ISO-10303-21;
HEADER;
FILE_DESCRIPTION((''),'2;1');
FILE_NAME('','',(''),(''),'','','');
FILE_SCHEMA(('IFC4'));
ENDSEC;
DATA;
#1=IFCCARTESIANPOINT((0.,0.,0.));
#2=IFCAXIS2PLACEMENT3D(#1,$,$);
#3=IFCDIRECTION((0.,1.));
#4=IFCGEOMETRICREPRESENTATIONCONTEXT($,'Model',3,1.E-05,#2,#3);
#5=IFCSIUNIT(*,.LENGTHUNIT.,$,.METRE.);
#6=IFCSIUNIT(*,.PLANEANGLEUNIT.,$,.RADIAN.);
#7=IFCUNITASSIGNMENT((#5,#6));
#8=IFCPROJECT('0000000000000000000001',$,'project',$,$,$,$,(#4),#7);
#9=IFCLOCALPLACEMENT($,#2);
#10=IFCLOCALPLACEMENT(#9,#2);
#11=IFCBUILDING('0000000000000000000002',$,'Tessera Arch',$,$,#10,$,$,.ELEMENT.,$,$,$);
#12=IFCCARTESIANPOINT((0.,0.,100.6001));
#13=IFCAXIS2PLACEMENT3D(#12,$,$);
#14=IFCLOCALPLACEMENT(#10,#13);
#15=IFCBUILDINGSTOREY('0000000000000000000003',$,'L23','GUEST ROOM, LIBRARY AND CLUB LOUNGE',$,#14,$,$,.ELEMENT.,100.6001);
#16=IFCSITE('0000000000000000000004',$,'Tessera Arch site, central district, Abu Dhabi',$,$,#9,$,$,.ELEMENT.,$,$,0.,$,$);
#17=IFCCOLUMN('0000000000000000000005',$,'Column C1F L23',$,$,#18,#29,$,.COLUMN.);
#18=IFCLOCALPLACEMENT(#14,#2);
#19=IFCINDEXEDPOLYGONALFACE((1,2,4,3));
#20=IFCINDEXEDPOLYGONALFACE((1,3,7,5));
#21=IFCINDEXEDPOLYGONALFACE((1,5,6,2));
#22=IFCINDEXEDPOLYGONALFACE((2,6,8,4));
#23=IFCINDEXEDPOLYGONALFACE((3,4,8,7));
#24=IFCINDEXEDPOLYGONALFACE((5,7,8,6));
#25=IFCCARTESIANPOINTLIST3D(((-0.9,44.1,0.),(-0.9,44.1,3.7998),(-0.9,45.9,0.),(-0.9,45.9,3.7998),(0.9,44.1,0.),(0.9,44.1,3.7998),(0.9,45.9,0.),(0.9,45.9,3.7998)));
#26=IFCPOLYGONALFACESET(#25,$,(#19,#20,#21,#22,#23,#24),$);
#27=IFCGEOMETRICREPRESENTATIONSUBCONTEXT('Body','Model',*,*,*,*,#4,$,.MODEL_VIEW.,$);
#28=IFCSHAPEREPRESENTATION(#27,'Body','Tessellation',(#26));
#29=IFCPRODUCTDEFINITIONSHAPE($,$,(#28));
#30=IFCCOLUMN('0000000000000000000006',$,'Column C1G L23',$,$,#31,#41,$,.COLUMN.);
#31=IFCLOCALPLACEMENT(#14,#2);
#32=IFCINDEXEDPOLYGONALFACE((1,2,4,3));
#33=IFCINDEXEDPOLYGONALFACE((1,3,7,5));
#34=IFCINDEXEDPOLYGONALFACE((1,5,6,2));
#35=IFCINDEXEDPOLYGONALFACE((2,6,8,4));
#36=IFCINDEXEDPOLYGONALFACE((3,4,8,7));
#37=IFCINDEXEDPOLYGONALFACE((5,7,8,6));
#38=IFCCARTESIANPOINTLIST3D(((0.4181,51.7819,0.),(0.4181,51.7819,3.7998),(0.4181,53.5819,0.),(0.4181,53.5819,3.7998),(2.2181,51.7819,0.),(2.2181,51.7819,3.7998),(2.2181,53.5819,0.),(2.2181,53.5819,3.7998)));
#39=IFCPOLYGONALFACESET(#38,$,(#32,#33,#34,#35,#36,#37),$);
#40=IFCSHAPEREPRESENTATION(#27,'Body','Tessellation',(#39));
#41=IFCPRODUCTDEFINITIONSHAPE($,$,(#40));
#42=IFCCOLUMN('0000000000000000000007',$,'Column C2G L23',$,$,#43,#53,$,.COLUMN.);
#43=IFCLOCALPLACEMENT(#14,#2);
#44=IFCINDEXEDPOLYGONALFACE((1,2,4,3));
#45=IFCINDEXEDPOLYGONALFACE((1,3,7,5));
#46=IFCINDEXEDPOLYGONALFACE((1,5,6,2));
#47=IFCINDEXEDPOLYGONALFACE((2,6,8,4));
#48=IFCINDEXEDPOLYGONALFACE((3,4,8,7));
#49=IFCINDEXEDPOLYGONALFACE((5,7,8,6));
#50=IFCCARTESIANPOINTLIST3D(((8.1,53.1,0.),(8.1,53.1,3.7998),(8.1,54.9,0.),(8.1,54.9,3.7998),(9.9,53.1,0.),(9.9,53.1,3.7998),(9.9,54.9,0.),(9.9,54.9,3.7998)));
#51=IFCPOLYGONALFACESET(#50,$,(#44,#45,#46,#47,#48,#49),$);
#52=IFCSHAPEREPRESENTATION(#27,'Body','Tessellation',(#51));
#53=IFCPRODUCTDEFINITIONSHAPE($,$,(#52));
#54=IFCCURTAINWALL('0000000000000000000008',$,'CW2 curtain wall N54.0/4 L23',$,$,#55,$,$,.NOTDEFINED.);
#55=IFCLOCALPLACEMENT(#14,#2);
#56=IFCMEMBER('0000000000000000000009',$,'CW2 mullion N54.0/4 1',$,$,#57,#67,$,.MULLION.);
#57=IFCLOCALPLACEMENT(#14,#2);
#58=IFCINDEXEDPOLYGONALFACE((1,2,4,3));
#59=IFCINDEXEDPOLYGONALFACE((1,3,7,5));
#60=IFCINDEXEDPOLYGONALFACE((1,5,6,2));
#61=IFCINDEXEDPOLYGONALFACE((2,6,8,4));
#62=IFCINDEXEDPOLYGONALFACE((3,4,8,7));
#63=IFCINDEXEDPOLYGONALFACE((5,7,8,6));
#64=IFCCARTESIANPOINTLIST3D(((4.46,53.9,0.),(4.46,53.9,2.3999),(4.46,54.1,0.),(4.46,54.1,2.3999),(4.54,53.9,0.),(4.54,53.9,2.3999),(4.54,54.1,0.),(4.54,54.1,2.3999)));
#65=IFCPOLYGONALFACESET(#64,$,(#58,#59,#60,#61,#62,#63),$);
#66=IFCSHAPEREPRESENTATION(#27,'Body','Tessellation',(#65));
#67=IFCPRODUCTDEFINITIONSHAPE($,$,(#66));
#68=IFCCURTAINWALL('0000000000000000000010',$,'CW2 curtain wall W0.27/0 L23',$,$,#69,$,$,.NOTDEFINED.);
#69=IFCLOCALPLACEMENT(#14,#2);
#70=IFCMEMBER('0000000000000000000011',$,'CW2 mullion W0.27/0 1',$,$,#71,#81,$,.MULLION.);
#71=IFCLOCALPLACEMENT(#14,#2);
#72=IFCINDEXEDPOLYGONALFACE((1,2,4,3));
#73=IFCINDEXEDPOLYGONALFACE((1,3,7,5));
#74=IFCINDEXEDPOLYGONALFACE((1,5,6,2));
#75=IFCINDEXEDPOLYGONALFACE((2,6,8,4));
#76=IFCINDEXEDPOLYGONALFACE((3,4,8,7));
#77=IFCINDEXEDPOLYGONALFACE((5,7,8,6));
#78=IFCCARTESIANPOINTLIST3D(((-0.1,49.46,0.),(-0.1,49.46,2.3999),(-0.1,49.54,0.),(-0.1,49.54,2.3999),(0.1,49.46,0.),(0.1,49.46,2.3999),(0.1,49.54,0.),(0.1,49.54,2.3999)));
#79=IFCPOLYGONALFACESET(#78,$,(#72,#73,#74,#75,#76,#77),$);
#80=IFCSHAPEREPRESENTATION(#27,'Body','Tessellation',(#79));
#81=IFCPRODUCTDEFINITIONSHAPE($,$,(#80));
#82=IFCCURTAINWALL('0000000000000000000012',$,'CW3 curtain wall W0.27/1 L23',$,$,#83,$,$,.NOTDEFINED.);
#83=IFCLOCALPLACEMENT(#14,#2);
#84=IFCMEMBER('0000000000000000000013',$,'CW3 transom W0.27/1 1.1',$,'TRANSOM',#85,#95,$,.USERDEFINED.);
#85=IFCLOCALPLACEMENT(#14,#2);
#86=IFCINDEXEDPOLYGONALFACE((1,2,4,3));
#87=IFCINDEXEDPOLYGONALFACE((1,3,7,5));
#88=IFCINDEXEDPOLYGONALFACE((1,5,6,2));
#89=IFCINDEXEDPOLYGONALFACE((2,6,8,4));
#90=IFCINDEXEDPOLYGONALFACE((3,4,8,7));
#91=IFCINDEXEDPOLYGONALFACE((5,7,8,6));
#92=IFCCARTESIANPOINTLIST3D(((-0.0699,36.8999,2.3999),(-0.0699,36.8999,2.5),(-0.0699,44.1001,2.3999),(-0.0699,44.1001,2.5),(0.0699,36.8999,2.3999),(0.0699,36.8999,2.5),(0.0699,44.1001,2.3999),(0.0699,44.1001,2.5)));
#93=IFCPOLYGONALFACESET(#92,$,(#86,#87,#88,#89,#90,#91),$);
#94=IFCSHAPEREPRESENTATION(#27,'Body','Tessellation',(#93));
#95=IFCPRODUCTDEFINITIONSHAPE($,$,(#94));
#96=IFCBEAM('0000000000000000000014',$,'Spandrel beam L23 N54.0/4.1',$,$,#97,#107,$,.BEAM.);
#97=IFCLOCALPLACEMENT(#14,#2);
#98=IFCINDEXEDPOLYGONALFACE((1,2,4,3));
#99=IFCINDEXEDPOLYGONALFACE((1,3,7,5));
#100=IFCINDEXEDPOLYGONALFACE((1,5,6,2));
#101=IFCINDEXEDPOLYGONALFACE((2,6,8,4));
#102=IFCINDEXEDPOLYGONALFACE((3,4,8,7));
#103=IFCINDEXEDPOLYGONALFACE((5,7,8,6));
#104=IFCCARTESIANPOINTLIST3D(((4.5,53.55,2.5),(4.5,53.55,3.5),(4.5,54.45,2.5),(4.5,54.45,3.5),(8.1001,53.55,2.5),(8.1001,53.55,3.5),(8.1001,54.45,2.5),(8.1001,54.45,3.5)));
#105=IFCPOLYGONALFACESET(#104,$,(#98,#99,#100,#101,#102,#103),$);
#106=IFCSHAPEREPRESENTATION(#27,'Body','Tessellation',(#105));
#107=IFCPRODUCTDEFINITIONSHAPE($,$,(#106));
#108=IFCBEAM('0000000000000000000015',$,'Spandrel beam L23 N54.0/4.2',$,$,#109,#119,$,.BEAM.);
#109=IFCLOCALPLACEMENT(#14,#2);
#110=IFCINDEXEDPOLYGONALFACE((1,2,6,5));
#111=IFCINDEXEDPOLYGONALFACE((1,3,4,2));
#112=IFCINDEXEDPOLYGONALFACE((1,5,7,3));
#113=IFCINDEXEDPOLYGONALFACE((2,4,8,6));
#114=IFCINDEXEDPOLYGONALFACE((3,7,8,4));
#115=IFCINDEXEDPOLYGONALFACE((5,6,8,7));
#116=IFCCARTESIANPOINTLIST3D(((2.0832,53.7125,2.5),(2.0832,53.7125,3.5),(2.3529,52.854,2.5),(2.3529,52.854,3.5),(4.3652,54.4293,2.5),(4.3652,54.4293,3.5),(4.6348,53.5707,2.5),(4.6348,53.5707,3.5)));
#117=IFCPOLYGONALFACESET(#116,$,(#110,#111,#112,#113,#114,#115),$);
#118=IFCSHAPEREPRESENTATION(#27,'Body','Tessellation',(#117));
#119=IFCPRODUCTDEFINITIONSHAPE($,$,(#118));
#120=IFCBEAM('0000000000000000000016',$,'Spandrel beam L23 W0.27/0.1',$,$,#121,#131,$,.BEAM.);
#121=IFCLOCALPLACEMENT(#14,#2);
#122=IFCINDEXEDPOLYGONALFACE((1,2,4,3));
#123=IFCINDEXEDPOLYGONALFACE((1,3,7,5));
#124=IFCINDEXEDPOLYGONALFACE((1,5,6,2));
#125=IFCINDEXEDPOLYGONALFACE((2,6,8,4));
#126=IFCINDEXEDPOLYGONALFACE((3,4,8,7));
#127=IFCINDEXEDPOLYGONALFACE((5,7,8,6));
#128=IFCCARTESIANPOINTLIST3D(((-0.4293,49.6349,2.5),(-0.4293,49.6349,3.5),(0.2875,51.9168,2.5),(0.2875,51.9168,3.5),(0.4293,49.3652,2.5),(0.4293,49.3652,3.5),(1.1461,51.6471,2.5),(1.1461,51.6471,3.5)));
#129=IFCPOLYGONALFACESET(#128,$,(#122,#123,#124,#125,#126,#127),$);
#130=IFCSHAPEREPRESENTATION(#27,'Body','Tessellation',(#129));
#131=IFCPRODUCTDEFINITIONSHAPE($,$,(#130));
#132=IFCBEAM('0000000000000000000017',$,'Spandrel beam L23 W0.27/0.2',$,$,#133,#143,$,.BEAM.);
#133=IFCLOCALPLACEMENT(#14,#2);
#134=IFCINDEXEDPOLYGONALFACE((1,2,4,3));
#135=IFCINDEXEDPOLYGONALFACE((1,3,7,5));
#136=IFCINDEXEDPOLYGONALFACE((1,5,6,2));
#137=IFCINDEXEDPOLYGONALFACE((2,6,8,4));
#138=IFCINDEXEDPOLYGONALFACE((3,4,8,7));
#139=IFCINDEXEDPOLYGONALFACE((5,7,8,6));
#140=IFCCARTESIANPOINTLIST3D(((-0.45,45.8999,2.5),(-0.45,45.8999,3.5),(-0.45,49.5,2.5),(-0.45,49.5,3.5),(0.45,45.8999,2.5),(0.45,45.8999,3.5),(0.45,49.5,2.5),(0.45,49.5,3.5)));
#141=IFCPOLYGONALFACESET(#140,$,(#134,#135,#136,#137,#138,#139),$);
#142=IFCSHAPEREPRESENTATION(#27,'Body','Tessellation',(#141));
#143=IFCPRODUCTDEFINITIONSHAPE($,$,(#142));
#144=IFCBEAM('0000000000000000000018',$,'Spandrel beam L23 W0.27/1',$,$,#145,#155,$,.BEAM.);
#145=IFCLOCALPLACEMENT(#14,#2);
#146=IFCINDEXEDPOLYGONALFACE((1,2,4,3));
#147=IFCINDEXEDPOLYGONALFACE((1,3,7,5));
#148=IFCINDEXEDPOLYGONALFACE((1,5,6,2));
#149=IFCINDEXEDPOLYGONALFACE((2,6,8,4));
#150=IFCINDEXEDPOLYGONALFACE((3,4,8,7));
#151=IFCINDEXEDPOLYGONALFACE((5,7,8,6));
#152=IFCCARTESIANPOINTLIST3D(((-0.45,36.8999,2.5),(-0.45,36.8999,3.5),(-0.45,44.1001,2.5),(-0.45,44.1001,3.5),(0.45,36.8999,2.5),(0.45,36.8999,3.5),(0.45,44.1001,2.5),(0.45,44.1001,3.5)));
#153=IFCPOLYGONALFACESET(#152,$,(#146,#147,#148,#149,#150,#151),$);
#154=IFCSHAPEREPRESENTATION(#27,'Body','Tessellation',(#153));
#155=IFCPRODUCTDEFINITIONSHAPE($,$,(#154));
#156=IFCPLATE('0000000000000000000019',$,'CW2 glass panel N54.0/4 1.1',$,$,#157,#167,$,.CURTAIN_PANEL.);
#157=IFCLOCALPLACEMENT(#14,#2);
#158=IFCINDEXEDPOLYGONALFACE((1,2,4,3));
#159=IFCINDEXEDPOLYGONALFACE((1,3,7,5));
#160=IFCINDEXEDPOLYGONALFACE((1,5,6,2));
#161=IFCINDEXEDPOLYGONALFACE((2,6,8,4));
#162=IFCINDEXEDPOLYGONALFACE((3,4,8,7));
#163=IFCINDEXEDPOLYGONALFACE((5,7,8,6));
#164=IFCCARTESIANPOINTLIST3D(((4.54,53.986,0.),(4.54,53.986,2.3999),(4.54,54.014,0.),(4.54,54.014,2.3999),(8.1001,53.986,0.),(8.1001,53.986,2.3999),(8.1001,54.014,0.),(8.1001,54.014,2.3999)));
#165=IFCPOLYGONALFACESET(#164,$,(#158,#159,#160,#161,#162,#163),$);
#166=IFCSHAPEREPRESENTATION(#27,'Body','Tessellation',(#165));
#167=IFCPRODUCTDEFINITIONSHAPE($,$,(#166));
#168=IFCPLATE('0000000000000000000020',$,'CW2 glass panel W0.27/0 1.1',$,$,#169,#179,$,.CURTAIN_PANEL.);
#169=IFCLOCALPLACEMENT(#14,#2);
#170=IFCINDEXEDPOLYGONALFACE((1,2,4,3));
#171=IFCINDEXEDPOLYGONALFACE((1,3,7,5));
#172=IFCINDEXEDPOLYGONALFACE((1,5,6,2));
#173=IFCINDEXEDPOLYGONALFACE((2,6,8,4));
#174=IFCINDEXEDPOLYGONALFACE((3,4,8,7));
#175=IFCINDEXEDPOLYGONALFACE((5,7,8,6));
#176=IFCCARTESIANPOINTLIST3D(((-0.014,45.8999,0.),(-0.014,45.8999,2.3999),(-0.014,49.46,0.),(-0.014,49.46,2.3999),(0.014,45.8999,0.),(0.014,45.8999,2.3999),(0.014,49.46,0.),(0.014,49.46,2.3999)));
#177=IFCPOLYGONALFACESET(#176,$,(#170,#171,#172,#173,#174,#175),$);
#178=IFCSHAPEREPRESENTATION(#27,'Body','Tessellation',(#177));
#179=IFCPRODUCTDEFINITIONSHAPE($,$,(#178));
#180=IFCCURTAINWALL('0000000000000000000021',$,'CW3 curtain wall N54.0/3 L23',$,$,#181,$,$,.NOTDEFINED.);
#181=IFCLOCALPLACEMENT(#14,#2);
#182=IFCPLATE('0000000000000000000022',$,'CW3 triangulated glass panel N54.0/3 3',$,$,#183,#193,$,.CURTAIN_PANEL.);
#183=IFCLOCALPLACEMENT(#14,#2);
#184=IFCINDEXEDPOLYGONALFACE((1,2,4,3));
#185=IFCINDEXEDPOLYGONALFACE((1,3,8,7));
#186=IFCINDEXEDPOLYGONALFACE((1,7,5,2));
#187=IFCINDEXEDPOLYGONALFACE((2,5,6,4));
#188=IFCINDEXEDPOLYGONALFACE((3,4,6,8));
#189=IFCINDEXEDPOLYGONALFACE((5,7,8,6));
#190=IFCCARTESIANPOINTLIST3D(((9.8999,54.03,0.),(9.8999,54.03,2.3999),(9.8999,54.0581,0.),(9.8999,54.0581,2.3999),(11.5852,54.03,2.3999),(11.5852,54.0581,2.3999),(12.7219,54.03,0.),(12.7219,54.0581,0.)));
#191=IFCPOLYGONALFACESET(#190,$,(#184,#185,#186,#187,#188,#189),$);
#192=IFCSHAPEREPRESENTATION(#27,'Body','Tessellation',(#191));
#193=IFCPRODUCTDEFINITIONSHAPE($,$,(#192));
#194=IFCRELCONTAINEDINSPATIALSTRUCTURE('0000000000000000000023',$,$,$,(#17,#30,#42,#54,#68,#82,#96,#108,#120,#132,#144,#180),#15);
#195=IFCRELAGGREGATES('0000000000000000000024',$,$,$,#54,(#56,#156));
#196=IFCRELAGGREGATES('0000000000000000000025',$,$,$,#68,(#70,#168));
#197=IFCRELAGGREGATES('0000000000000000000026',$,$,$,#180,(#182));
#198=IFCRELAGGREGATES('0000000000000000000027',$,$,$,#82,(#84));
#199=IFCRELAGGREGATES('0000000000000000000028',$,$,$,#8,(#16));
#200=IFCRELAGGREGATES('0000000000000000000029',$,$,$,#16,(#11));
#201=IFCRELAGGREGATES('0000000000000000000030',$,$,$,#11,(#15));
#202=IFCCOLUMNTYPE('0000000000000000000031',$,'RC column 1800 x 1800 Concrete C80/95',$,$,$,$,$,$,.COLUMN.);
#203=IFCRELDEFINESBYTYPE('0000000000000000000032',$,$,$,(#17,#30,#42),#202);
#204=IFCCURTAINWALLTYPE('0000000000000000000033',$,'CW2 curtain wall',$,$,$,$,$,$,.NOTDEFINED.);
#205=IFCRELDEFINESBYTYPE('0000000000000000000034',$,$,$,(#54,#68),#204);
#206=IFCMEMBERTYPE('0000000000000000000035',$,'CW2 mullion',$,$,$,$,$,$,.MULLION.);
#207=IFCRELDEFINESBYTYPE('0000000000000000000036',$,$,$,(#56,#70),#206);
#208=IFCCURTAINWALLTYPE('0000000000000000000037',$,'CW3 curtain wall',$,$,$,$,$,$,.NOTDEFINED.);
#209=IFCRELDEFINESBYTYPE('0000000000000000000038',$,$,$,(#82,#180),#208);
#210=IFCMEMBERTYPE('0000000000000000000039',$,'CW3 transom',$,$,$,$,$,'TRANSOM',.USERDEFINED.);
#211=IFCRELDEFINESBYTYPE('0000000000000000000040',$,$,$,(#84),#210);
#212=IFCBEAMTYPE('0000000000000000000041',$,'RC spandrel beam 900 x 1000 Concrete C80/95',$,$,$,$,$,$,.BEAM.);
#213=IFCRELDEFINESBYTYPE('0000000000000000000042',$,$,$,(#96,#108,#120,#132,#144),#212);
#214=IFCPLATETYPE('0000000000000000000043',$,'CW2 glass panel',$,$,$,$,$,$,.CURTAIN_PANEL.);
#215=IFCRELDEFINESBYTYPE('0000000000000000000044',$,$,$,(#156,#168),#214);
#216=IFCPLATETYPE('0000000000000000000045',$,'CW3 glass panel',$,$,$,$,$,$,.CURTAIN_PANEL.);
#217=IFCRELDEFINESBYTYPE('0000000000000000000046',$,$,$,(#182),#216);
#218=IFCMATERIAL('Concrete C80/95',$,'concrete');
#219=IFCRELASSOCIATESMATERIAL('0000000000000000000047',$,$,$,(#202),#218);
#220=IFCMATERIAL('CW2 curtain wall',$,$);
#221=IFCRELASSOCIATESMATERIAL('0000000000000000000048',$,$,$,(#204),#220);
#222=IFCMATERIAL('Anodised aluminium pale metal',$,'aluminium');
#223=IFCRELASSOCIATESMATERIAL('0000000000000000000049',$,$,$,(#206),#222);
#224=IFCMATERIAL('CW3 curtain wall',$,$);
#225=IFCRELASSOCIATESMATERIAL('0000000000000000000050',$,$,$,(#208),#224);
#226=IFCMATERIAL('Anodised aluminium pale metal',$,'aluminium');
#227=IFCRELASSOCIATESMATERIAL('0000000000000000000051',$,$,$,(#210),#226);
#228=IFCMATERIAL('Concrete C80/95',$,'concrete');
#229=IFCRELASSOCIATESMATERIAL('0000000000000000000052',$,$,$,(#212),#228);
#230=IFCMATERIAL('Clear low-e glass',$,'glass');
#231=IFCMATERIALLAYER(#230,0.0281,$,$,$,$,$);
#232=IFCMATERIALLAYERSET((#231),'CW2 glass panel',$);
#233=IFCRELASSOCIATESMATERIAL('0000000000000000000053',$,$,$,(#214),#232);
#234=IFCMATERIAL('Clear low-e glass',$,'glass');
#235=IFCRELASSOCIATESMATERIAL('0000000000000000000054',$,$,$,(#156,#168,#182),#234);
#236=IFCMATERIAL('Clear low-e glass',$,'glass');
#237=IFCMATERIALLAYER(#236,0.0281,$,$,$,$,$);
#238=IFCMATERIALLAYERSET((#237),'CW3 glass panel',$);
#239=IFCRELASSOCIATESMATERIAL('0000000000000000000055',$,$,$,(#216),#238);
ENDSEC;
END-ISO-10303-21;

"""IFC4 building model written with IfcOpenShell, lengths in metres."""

from ifc_helpers import new_model, si_unit, direction, frame, origin, origin_2d, place, context, subcontext, project, spatial, polyline, rectangle, outline, extrude, material, layer, layer_set, material_profile, profile_set, type_object, element, aggregate, save


model = new_model("IFC4")

# Units and contexts
model_context = context("Model", 3, precision=1e-05, world=origin(), true_north=direction((0.0, 1.0)))
body_context = subcontext(model_context, "Body", "Model", "MODEL_VIEW")
ifc_project = project(units=[si_unit("LENGTHUNIT", "METRE"), si_unit("PLANEANGLEUNIT", "RADIAN")], contexts=[model_context])

# Site, building, storey
site_placement = place(None, origin())
site = spatial("IfcSite", under=ifc_project, at=site_placement, Name="Tessera Arch site, central district, Abu Dhabi", CompositionType="ELEMENT", RefElevation=0.0)
building_placement = place(site_placement, origin())
building = spatial("IfcBuilding", under=site, at=building_placement, Name="Tessera Arch", CompositionType="ELEMENT")
storey_placement = place(building_placement, frame((0.0, 0.0, 100.6001)))
storey = spatial("IfcBuildingStorey", under=building, at=storey_placement, Name="L23", Description="GUEST ROOM, LIBRARY AND CLUB LOUNGE", CompositionType="ELEMENT", Elevation=100.6001)

# Columns
ifc_material_1 = material(Name="Concrete C80/95", Category="concrete")
ifc_material_profile_1 = material_profile(ifc_material_1, rectangle(XDim=1.8, YDim=1.8, at=origin_2d()), Name="RC column 1800 x 1800 Concrete C80/95")
ifc_profile_set_1 = profile_set([ifc_material_profile_1], Name="Concrete C80/95")
column_type = type_object("IfcColumnType", Name="RC column 1800 x 1800 Concrete C80/95", PredefinedType="COLUMN", material=ifc_profile_set_1)
for number, where, z_axis, x_axis, name in (
    (1, (0.0, 45.0, 0.0), (0.0, 0.0, 1.0), (1.0, 0.0, 0.0), "Column C1F L23"),
    (2, (1.3181, 52.6819, 0.0), (0.0, 0.0, 1.0), (1.0, 0.0, 0.0), "Column C1G L23"),
    (3, (9.0, 54.0, 0.0), (0.0, 0.0, 1.0), (1.0, 0.0, 0.0), "Column C2G L23"),
):
    element("IfcColumn", number, at=place(storey_placement, frame(where, z_axis=z_axis, x_axis=x_axis)), inside=storey, type_object=column_type, Name=name, PredefinedType="COLUMN", context=body_context, shape_type="SweptSolid", body=[
        extrude(rectangle(XDim=1.8, YDim=1.8, at=origin_2d()), origin(), (0.0, 0.0, 1.0), 3.7998),
    ])

# Curtain walls, members
ifc_material_2 = material(Name="CW2 curtain wall")
curtain_wall_type_1 = type_object("IfcCurtainWallType", Name="CW2 curtain wall", PredefinedType="NOTDEFINED", material=ifc_material_2)
curtain_wall_1_placement = place(storey_placement, origin())
curtain_wall_1 = element("IfcCurtainWall", 4, at=curtain_wall_1_placement, inside=storey, type_object=curtain_wall_type_1, Name="CW2 curtain wall N54.0/4 L23", PredefinedType="NOTDEFINED")
ifc_material_3 = material(Name="Anodised aluminium pale metal", Category="aluminium")
ifc_material_profile_2 = material_profile(ifc_material_3, rectangle(XDim=0.2, YDim=0.0801, at=origin_2d()), Name="AL 80x200")
ifc_profile_set_2 = profile_set([ifc_material_profile_2], Name="Anodised aluminium pale metal")
member_type_1 = type_object("IfcMemberType", Name="CW2 mullion", PredefinedType="MULLION", material=ifc_profile_set_2)
member_1_placement = place(storey_placement, frame((4.5, 54.0, 0.0), z_axis=(0.0, 0.0, 1.0), x_axis=(0.0, -1.0, 0.0)))
member_1 = element("IfcMember", 5, at=member_1_placement, type_object=member_type_1, Name="CW2 mullion N54.0/4 1", PredefinedType="MULLION", context=body_context, shape_type="SweptSolid", body=[
    extrude(rectangle(XDim=0.2, YDim=0.0801, at=origin_2d()), origin(), (0.0, 0.0, 1.0), 2.3999),
])
curtain_wall_2_placement = place(storey_placement, origin())
curtain_wall_2 = element("IfcCurtainWall", 6, at=curtain_wall_2_placement, inside=storey, type_object=curtain_wall_type_1, Name="CW2 curtain wall W0.27/0 L23", PredefinedType="NOTDEFINED")
member_2_placement = place(storey_placement, frame((0.0, 49.5, 0.0), z_axis=(0.0, 0.0, 1.0), x_axis=(1.0, 0.0, 0.0)))
member_2 = element("IfcMember", 7, at=member_2_placement, type_object=member_type_1, Name="CW2 mullion W0.27/0 1", PredefinedType="MULLION", context=body_context, shape_type="SweptSolid", body=[
    extrude(rectangle(XDim=0.2, YDim=0.0801, at=origin_2d()), origin(), (0.0, 0.0, 1.0), 2.3999),
])
ifc_material_4 = material(Name="CW3 curtain wall")
curtain_wall_type_2 = type_object("IfcCurtainWallType", Name="CW3 curtain wall", PredefinedType="NOTDEFINED", material=ifc_material_4)
curtain_wall_3_placement = place(storey_placement, origin())
curtain_wall_3 = element("IfcCurtainWall", 8, at=curtain_wall_3_placement, inside=storey, type_object=curtain_wall_type_2, Name="CW3 curtain wall W0.27/1 L23", PredefinedType="NOTDEFINED")
ifc_material_5 = material(Name="Anodised aluminium pale metal", Category="aluminium")
ifc_material_profile_3 = material_profile(ifc_material_5, rectangle(XDim=0.1399, YDim=0.1001, at=origin_2d()), Name="AL 140x100")
ifc_profile_set_3 = profile_set([ifc_material_profile_3], Name="Anodised aluminium pale metal")
member_type_2 = type_object("IfcMemberType", Name="CW3 transom", ElementType="TRANSOM", PredefinedType="USERDEFINED", material=ifc_profile_set_3)
member_3_placement = place(storey_placement, frame((0.0, 44.1001, 2.45), z_axis=(0.0, -1.0, 0.0), x_axis=(1.0, 0.0, 0.0)))
member_3 = element("IfcMember", 9, at=member_3_placement, type_object=member_type_2, Name="CW3 transom W0.27/1 1.1", ObjectType="TRANSOM", PredefinedType="USERDEFINED", context=body_context, shape_type="SweptSolid", body=[
    extrude(rectangle(XDim=0.1399, YDim=0.1001, at=origin_2d()), origin(), (0.0, 0.0, 1.0), 7.2002),
])

# Beams
ifc_material_6 = material(Name="Concrete C80/95", Category="concrete")
ifc_material_profile_4 = material_profile(ifc_material_6, rectangle(XDim=0.8999, YDim=1.0, at=origin_2d()), Name="RC spandrel beam 900 x 1000 Concrete C80/95")
ifc_profile_set_4 = profile_set([ifc_material_profile_4], Name="Concrete C80/95")
beam_type = type_object("IfcBeamType", Name="RC spandrel beam 900 x 1000 Concrete C80/95", PredefinedType="BEAM", material=ifc_profile_set_4)
beam_1_placement = place(storey_placement, frame((8.1001, 54.0, 3.0), z_axis=(-1.0, 0.0, 0.0), x_axis=(0.0, -1.0, 0.0)))
element("IfcBeam", 10, at=beam_1_placement, inside=storey, type_object=beam_type, Name="Spandrel beam L23 N54.0/4.1", PredefinedType="BEAM", context=body_context, shape_type="SweptSolid", body=[
    extrude(rectangle(XDim=0.8999, YDim=1.0, at=origin_2d()), origin(), (0.0, 0.0, 1.0), 3.6001),
])
for number, where, z_axis, x_axis, name in (
    (11, (4.5, 54.0, 3.0), (-0.954041, -0.299675, 0.0), (0.299675, -0.954041, 0.0), "Spandrel beam L23 N54.0/4.2"),
    (12, (0.7168, 51.782, 3.0), (-0.299675, -0.954041, 0.0), (0.954041, -0.299675, 0.0), "Spandrel beam L23 W0.27/0.1"),
):
    element("IfcBeam", number, at=place(storey_placement, frame(where, z_axis=z_axis, x_axis=x_axis)), inside=storey, type_object=beam_type, Name=name, PredefinedType="BEAM", context=body_context, shape_type="SweptSolid", body=[
        extrude(rectangle(XDim=0.8999, YDim=1.0, at=origin_2d()), origin(), (0.0, 0.0, 1.0), 2.3918),
    ])
beam_2_placement = place(storey_placement, frame((0.0, 49.5, 3.0), z_axis=(0.0, -1.0, 0.0), x_axis=(1.0, 0.0, 0.0)))
element("IfcBeam", 13, at=beam_2_placement, inside=storey, type_object=beam_type, Name="Spandrel beam L23 W0.27/0.2", PredefinedType="BEAM", context=body_context, shape_type="SweptSolid", body=[
    extrude(rectangle(XDim=0.8999, YDim=1.0, at=origin_2d()), origin(), (0.0, 0.0, 1.0), 3.6001),
])
beam_3_placement = place(storey_placement, frame((0.0, 44.1001, 3.0), z_axis=(0.0, -1.0, 0.0), x_axis=(1.0, 0.0, 0.0)))
element("IfcBeam", 14, at=beam_3_placement, inside=storey, type_object=beam_type, Name="Spandrel beam L23 W0.27/1", PredefinedType="BEAM", context=body_context, shape_type="SweptSolid", body=[
    extrude(rectangle(XDim=0.8999, YDim=1.0, at=origin_2d()), origin(), (0.0, 0.0, 1.0), 7.2002),
])

# Plates
ifc_material_7 = material(Name="Clear low-e glass", Category="glass")
ifc_material_8 = material(Name="Clear low-e glass", Category="glass")
ifc_layer_1 = layer(ifc_material_8, 0.0281)
ifc_layer_set_1 = layer_set([ifc_layer_1], Name="CW2 glass panel")
plate_type_1 = type_object("IfcPlateType", Name="CW2 glass panel", PredefinedType="CURTAIN_PANEL", material=ifc_layer_set_1)
plate_1_placement = place(storey_placement, frame((6.3201, 54.0, 0.0), z_axis=(0.0, 0.0, 1.0), x_axis=(-1.0, 0.0, 0.0)))
plate_1 = element("IfcPlate", 15, at=plate_1_placement, type_object=plate_type_1, material=ifc_material_7, Name="CW2 glass panel N54.0/4 1.1", PredefinedType="CURTAIN_PANEL", context=body_context, shape_type="SweptSolid", body=[
    extrude(rectangle(XDim=3.5601, YDim=0.0281, at=origin_2d()), origin(), (0.0, 0.0, 1.0), 2.3999),
])
aggregate(curtain_wall_1, [member_1, plate_1])
plate_2_placement = place(storey_placement, frame((0.0, 47.6799, 0.0), z_axis=(0.0, 0.0, 1.0), x_axis=(0.0, -1.0, 0.0)))
plate_2 = element("IfcPlate", 16, at=plate_2_placement, type_object=plate_type_1, material=ifc_material_7, Name="CW2 glass panel W0.27/0 1.1", PredefinedType="CURTAIN_PANEL", context=body_context, shape_type="SweptSolid", body=[
    extrude(rectangle(XDim=3.5601, YDim=0.0281, at=origin_2d()), origin(), (0.0, 0.0, 1.0), 2.3999),
])
aggregate(curtain_wall_2, [member_2, plate_2])

# Curtain wall, plate
curtain_wall_4_placement = place(storey_placement, origin())
curtain_wall_4 = element("IfcCurtainWall", 17, at=curtain_wall_4_placement, inside=storey, type_object=curtain_wall_type_2, Name="CW3 curtain wall N54.0/3 L23", PredefinedType="NOTDEFINED")
ifc_material_9 = material(Name="Clear low-e glass", Category="glass")
ifc_layer_2 = layer(ifc_material_9, 0.0281)
ifc_layer_set_2 = layer_set([ifc_layer_2], Name="CW3 glass panel")
plate_type_2 = type_object("IfcPlateType", Name="CW3 glass panel", PredefinedType="CURTAIN_PANEL", material=ifc_layer_set_2)
plate_3_placement = place(storey_placement, frame((9.8999, 54.0581, 2.3999), z_axis=(0.0, 1.0, 0.0), x_axis=(1.0, 0.0, 0.0)))
plate_3 = element("IfcPlate", 18, at=plate_3_placement, type_object=plate_type_2, material=ifc_material_7, Name="CW3 triangulated glass panel N54.0/3 3", PredefinedType="CURTAIN_PANEL", context=body_context, shape_type="SweptSolid", body=[
    extrude(outline(polyline([(0.0, 0.0), (1.6853, 0.0), (2.822, 2.3999), (0.0, 2.3999), (0.0, 0.0)])), origin(), (0.0, 0.0, -1.0), 0.0281),
])
aggregate(curtain_wall_4, [plate_3])

aggregate(curtain_wall_3, [member_3])

save(model, "model.ifc")
